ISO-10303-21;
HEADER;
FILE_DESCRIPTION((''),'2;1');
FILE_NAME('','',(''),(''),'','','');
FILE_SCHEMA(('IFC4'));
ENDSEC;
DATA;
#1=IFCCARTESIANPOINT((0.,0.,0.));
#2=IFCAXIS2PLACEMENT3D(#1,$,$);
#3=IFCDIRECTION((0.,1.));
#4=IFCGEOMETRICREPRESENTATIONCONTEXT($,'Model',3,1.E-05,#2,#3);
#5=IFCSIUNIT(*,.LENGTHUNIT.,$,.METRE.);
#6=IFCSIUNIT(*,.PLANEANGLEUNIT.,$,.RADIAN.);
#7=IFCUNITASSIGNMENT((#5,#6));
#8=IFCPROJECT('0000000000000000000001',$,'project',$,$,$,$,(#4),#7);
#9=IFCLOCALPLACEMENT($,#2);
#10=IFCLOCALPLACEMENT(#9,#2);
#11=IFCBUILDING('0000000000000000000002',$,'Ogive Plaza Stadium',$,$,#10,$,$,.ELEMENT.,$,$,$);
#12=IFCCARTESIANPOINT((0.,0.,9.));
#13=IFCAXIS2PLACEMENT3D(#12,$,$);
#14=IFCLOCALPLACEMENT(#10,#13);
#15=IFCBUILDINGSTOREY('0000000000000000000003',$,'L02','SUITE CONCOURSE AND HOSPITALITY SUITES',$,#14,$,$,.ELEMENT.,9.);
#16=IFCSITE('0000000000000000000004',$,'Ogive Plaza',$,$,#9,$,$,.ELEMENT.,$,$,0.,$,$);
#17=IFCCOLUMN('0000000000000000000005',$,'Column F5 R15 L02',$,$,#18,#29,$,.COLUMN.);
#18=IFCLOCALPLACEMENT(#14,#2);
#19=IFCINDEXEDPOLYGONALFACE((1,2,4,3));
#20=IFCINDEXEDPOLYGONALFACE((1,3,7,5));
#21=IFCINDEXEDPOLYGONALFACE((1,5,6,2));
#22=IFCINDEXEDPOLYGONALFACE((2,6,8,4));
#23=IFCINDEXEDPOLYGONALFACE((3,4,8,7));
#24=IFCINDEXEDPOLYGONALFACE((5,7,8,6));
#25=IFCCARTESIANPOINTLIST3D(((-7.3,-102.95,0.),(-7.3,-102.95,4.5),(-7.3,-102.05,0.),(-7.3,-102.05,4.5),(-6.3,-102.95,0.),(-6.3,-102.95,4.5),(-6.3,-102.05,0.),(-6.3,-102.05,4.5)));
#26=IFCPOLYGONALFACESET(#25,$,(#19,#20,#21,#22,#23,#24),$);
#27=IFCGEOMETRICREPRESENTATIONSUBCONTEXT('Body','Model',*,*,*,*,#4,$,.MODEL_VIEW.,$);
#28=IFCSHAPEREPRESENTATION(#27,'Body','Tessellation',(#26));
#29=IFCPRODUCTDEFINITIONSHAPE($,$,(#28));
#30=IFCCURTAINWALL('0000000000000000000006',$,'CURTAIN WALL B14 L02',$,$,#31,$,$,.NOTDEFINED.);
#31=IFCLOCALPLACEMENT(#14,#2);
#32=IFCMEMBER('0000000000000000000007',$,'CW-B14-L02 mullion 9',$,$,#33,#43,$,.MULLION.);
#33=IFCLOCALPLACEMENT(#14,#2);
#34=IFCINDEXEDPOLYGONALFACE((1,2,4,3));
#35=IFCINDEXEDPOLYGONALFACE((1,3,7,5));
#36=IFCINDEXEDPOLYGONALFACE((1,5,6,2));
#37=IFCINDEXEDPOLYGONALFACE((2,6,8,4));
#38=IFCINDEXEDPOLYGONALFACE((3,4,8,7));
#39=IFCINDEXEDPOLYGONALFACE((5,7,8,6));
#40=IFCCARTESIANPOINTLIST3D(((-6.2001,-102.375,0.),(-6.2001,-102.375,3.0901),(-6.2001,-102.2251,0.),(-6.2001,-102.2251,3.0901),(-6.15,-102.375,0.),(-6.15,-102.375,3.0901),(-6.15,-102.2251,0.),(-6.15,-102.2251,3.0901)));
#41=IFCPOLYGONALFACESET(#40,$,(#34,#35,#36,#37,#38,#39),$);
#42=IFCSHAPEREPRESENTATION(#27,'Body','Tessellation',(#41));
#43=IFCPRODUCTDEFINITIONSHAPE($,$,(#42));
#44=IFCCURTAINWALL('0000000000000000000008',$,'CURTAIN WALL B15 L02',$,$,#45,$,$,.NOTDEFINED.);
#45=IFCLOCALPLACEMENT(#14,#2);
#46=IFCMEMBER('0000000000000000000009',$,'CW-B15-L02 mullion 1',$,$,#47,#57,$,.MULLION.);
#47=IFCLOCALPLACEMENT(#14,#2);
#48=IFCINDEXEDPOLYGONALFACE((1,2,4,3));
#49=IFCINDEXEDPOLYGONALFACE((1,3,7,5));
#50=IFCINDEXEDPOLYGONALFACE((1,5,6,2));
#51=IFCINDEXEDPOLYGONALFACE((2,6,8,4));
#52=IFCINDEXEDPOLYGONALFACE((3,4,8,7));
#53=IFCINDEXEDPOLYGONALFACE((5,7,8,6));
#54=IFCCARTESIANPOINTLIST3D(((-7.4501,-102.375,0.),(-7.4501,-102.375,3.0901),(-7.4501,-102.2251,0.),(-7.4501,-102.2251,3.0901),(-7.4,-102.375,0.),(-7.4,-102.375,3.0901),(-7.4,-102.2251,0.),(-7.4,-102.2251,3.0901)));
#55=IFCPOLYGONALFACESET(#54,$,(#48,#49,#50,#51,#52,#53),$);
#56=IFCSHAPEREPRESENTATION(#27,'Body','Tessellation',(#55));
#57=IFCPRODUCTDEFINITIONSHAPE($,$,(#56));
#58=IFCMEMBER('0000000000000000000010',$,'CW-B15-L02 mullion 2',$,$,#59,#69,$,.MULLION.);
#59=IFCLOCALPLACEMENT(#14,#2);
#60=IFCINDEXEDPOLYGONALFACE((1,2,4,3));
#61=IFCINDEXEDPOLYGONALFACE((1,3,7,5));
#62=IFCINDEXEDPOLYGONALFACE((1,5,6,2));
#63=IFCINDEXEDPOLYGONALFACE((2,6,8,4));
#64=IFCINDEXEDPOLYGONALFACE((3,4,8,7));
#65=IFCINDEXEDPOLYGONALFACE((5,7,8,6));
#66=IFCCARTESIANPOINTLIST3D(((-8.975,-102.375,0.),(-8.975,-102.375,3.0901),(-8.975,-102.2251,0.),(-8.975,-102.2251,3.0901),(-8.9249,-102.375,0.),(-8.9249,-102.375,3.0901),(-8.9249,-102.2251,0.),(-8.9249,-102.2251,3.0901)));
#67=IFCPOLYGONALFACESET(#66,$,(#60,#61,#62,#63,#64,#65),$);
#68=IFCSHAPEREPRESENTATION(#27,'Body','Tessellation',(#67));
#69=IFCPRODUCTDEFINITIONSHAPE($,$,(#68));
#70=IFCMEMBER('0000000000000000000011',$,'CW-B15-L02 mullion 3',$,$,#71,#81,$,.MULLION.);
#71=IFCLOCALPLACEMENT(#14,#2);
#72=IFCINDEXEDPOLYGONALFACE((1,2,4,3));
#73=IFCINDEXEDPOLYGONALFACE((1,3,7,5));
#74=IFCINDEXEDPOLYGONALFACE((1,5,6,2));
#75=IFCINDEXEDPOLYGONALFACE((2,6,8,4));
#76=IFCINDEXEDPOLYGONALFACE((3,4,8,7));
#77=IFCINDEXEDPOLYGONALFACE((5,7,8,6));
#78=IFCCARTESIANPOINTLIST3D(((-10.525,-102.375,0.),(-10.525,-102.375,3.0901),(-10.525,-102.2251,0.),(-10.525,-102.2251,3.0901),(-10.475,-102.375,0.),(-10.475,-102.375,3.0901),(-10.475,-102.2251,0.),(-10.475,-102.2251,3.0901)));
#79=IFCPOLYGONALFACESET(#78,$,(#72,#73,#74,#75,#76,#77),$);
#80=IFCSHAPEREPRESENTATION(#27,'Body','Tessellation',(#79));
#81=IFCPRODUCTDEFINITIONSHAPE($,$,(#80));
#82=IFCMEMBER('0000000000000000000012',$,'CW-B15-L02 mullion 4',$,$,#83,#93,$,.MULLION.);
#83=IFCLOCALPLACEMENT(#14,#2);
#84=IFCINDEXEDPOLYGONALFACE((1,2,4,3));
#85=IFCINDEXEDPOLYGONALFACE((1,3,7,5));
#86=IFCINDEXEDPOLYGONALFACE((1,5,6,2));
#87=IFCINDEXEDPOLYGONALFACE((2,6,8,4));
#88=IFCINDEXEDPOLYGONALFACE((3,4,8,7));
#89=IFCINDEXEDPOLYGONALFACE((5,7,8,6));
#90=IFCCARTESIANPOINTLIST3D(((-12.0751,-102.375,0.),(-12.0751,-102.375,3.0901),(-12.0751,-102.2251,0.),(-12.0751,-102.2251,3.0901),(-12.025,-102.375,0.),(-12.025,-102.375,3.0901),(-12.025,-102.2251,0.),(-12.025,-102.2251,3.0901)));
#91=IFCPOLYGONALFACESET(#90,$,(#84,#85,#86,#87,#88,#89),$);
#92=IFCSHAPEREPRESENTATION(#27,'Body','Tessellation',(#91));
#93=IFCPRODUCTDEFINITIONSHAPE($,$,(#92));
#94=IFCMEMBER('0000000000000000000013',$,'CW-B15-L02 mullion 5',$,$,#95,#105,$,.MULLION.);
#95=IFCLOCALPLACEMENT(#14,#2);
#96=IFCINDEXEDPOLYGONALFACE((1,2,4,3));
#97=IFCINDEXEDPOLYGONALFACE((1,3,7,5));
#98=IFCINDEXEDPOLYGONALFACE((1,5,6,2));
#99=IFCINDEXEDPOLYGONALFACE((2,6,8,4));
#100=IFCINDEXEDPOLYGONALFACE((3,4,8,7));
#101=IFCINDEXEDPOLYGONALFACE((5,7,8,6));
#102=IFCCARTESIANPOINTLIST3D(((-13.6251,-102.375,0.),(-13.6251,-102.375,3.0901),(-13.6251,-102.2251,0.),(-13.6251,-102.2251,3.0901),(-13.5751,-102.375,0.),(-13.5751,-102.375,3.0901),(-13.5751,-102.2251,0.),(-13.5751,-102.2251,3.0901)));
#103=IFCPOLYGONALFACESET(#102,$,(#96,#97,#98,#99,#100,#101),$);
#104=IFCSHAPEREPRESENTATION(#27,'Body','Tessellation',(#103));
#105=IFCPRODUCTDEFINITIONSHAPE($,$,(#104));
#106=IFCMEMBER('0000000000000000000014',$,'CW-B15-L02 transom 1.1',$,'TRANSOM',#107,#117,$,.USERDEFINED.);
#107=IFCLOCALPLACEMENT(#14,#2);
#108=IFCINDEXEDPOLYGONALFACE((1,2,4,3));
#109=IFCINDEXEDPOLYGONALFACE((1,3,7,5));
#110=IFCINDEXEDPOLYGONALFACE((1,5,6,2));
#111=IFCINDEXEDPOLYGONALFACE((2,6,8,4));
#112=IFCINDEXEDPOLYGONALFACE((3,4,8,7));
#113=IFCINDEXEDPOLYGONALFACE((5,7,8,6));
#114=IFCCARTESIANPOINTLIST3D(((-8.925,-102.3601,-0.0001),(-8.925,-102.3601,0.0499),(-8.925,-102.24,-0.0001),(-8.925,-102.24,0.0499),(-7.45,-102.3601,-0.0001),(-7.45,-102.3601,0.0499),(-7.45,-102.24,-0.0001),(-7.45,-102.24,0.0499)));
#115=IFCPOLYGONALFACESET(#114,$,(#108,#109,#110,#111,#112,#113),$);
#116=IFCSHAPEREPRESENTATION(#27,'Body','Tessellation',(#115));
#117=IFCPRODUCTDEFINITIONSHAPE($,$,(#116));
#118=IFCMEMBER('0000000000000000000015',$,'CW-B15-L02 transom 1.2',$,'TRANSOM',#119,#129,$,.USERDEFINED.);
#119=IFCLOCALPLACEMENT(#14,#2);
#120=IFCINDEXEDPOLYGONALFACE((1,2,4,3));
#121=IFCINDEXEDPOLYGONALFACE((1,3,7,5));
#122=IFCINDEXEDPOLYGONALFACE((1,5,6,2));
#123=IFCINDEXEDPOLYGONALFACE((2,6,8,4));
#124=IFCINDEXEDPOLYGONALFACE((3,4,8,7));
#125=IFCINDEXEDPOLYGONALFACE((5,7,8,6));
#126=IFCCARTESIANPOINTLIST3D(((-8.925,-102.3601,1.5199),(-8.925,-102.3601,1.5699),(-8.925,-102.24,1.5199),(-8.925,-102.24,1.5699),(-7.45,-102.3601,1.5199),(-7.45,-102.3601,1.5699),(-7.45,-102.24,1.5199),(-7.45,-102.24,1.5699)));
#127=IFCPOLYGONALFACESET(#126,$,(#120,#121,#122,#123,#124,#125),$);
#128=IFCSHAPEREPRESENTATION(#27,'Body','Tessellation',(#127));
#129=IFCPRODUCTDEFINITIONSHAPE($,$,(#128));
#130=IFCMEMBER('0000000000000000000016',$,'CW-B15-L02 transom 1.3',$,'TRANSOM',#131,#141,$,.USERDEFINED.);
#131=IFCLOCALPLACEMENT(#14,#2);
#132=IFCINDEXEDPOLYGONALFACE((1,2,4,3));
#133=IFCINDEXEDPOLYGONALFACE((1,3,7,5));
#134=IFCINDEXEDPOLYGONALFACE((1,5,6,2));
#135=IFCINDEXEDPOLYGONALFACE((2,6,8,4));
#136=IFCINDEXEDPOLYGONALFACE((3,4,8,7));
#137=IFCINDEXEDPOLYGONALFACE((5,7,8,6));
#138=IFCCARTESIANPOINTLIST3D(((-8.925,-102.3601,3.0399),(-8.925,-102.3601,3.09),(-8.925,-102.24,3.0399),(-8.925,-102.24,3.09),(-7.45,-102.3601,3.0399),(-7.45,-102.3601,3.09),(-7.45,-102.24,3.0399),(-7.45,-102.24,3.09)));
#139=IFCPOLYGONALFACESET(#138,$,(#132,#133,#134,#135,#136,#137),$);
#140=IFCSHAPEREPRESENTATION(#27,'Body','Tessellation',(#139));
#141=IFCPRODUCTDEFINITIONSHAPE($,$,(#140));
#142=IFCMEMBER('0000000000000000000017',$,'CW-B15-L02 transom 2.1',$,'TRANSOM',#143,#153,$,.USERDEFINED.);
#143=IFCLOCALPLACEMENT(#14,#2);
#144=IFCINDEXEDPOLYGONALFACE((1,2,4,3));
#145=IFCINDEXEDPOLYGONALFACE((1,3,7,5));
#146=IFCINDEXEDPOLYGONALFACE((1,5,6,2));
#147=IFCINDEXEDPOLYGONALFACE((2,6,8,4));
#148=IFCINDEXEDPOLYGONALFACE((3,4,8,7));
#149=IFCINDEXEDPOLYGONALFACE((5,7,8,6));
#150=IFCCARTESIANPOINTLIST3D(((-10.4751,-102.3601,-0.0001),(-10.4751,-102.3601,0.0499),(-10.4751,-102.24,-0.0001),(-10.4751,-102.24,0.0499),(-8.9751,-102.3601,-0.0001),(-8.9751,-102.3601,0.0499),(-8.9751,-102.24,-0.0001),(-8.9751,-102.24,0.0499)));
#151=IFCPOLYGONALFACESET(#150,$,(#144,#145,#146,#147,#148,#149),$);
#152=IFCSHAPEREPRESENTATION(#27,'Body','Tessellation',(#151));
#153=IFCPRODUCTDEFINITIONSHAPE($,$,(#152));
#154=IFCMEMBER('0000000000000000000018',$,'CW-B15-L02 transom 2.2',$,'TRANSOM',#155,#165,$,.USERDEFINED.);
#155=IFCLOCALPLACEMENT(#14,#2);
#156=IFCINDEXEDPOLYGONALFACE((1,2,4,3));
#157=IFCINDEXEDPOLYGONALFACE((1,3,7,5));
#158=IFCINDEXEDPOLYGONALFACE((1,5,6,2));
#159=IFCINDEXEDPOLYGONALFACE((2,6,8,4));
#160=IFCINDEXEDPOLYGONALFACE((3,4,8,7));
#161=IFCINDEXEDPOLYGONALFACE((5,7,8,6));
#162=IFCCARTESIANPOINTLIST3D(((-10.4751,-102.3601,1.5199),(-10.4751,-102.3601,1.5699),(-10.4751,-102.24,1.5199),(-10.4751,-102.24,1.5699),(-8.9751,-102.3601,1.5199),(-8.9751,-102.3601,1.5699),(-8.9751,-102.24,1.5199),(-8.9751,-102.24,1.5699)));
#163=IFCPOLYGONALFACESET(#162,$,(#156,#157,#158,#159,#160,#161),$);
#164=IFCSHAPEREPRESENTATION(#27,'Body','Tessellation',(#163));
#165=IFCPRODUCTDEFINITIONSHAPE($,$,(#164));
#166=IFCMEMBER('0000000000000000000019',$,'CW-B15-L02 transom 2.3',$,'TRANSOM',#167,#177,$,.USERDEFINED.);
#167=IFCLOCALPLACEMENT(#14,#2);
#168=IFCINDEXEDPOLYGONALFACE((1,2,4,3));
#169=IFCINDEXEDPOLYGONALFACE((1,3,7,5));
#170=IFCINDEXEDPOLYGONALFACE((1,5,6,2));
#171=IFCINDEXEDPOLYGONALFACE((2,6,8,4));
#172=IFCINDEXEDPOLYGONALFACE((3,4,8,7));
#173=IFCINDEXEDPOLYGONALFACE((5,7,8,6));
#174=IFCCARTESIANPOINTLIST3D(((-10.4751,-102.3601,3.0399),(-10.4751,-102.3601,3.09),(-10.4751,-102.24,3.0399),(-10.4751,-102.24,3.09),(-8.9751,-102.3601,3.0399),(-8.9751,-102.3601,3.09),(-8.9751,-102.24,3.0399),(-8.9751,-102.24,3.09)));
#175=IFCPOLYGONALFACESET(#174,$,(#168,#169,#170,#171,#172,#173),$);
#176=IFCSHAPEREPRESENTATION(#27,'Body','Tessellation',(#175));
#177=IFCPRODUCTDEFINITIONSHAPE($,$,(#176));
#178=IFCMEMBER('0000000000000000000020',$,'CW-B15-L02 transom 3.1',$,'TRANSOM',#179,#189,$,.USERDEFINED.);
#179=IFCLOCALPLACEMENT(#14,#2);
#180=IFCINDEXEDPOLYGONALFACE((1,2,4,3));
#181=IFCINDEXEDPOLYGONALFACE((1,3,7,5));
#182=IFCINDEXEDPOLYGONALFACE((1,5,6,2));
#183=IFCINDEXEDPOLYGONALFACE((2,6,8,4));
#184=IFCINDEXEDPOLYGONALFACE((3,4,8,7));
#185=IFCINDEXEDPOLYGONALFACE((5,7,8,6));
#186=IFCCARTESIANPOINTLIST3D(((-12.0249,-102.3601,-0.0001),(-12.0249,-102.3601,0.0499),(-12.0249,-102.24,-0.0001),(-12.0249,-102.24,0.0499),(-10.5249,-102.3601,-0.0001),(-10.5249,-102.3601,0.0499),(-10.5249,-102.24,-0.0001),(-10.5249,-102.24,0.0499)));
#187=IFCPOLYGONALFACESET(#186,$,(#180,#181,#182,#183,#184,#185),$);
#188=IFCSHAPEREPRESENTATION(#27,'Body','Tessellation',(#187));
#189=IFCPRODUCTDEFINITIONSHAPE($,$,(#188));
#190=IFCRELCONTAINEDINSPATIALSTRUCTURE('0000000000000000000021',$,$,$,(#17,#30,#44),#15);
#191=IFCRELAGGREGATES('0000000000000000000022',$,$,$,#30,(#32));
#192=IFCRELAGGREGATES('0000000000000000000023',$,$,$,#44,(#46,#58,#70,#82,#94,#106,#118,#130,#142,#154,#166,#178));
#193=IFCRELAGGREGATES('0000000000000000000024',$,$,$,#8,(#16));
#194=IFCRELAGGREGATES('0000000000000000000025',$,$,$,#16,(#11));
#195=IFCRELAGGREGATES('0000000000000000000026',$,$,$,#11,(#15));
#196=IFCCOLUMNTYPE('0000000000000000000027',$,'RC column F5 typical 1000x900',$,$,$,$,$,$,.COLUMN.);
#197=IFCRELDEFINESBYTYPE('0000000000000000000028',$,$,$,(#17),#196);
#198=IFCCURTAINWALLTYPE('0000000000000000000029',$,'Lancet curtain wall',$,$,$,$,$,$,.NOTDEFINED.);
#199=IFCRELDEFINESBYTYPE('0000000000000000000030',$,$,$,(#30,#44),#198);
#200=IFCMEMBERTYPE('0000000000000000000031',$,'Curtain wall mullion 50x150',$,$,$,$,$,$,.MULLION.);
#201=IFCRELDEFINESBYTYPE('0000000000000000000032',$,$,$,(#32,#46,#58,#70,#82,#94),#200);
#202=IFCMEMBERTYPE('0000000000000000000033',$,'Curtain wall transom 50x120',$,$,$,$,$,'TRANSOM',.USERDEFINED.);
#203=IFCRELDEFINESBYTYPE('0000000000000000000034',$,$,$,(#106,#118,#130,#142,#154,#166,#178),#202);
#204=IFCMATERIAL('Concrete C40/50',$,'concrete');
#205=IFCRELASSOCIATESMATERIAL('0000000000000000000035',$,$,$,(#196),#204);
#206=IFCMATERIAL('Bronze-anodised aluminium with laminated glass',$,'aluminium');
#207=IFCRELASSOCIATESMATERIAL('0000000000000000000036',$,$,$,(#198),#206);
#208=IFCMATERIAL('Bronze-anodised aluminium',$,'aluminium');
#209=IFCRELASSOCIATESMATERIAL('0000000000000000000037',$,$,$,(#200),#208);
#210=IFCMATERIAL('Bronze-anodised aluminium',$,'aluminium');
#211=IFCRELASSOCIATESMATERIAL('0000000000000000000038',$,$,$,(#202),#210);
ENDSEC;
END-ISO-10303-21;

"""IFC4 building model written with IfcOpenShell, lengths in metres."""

from ifc_helpers import new_model, si_unit, direction, frame, origin, origin_2d, place, context, subcontext, project, spatial, rectangle, extrude, material, material_profile, profile_set, type_object, element, aggregate, save


model = new_model("IFC4")

# Units and contexts
model_context = context("Model", 3, precision=1e-05, world=origin(), true_north=direction((0.0, 1.0)))
body_context = subcontext(model_context, "Body", "Model", "MODEL_VIEW")
ifc_project = project(units=[si_unit("LENGTHUNIT", "METRE"), si_unit("PLANEANGLEUNIT", "RADIAN")], contexts=[model_context])

# Site, building, storey
site_placement = place(None, origin())
site = spatial("IfcSite", under=ifc_project, at=site_placement, Name="Ogive Plaza", CompositionType="ELEMENT", RefElevation=0.0)
building_placement = place(site_placement, origin())
building = spatial("IfcBuilding", under=site, at=building_placement, Name="Ogive Plaza Stadium", CompositionType="ELEMENT")
storey_placement = place(building_placement, frame((0.0, 0.0, 9.0)))
storey = spatial("IfcBuildingStorey", under=building, at=storey_placement, Name="L02", Description="SUITE CONCOURSE AND HOSPITALITY SUITES", CompositionType="ELEMENT", Elevation=9.0)

# Column
ifc_material_1 = material(Name="Concrete C40/50", Category="concrete")
ifc_material_profile_1 = material_profile(ifc_material_1, rectangle(XDim=1.0, YDim=0.8999, at=origin_2d()), Name="RC 1000x900")
ifc_profile_set_1 = profile_set([ifc_material_profile_1], Name="Concrete C40/50")
column_type = type_object("IfcColumnType", Name="RC column F5 typical 1000x900", PredefinedType="COLUMN", material=ifc_profile_set_1)
column_placement = place(storey_placement, frame((-6.8, -102.5, 0.0), z_axis=(0.0, 0.0, 1.0), x_axis=(1.0, 0.0, 0.0)))
element("IfcColumn", 1, at=column_placement, inside=storey, type_object=column_type, Name="Column F5 R15 L02", PredefinedType="COLUMN", context=body_context, shape_type="SweptSolid", body=[
    extrude(rectangle(XDim=1.0, YDim=0.8999, at=origin_2d()), origin(), (0.0, 0.0, 1.0), 4.5),
])

# Curtain wall, member
ifc_material_2 = material(Name="Bronze-anodised aluminium with laminated glass", Category="aluminium")
curtain_wall_type = type_object("IfcCurtainWallType", Name="Lancet curtain wall", PredefinedType="NOTDEFINED", material=ifc_material_2)
curtain_wall_1_placement = place(storey_placement, origin())
curtain_wall_1 = element("IfcCurtainWall", 2, at=curtain_wall_1_placement, inside=storey, type_object=curtain_wall_type, Name="CURTAIN WALL B14 L02", PredefinedType="NOTDEFINED")
ifc_material_3 = material(Name="Bronze-anodised aluminium", Category="aluminium")
ifc_material_profile_2 = material_profile(ifc_material_3, rectangle(XDim=0.1499, YDim=0.05, at=origin_2d()), Name="AL 150x50")
ifc_profile_set_2 = profile_set([ifc_material_profile_2], Name="Bronze-anodised aluminium")
member_type_1 = type_object("IfcMemberType", Name="Curtain wall mullion 50x150", PredefinedType="MULLION", material=ifc_profile_set_2)
member_1_placement = place(storey_placement, frame((-6.175, -102.3, 0.0), z_axis=(0.0, 0.0, 1.0), x_axis=(0.0, -1.0, 0.0)))
member_1 = element("IfcMember", 3, at=member_1_placement, type_object=member_type_1, Name="CW-B14-L02 mullion 9", PredefinedType="MULLION", context=body_context, shape_type="SweptSolid", body=[
    extrude(rectangle(XDim=0.1499, YDim=0.05, at=origin_2d()), origin(), (0.0, 0.0, 1.0), 3.0901),
])

# Curtain wall, members
curtain_wall_2_placement = place(storey_placement, origin())
curtain_wall_2 = element("IfcCurtainWall", 4, at=curtain_wall_2_placement, inside=storey, type_object=curtain_wall_type, Name="CURTAIN WALL B15 L02", PredefinedType="NOTDEFINED")
member_2_placement = place(storey_placement, frame((-7.425, -102.3, 0.0), z_axis=(0.0, 0.0, 1.0), x_axis=(0.0, -1.0, 0.0)))
member_2 = element("IfcMember", 5, at=member_2_placement, type_object=member_type_1, Name="CW-B15-L02 mullion 1", PredefinedType="MULLION", context=body_context, shape_type="SweptSolid", body=[
    extrude(rectangle(XDim=0.1499, YDim=0.05, at=origin_2d()), origin(), (0.0, 0.0, 1.0), 3.0901),
])
member_3_placement = place(storey_placement, frame((-8.95, -102.3, 0.0), z_axis=(0.0, 0.0, 1.0), x_axis=(0.0, -1.0, 0.0)))
member_3 = element("IfcMember", 6, at=member_3_placement, type_object=member_type_1, Name="CW-B15-L02 mullion 2", PredefinedType="MULLION", context=body_context, shape_type="SweptSolid", body=[
    extrude(rectangle(XDim=0.1499, YDim=0.05, at=origin_2d()), origin(), (0.0, 0.0, 1.0), 3.0901),
])
member_4_placement = place(storey_placement, frame((-10.5, -102.3, 0.0), z_axis=(0.0, 0.0, 1.0), x_axis=(0.0, -1.0, 0.0)))
member_4 = element("IfcMember", 7, at=member_4_placement, type_object=member_type_1, Name="CW-B15-L02 mullion 3", PredefinedType="MULLION", context=body_context, shape_type="SweptSolid", body=[
    extrude(rectangle(XDim=0.1499, YDim=0.05, at=origin_2d()), origin(), (0.0, 0.0, 1.0), 3.0901),
])
member_5_placement = place(storey_placement, frame((-12.05, -102.3, 0.0), z_axis=(0.0, 0.0, 1.0), x_axis=(0.0, -1.0, 0.0)))
member_5 = element("IfcMember", 8, at=member_5_placement, type_object=member_type_1, Name="CW-B15-L02 mullion 4", PredefinedType="MULLION", context=body_context, shape_type="SweptSolid", body=[
    extrude(rectangle(XDim=0.1499, YDim=0.05, at=origin_2d()), origin(), (0.0, 0.0, 1.0), 3.0901),
])
member_6_placement = place(storey_placement, frame((-13.6001, -102.3, 0.0), z_axis=(0.0, 0.0, 1.0), x_axis=(0.0, -1.0, 0.0)))
member_6 = element("IfcMember", 9, at=member_6_placement, type_object=member_type_1, Name="CW-B15-L02 mullion 5", PredefinedType="MULLION", context=body_context, shape_type="SweptSolid", body=[
    extrude(rectangle(XDim=0.1499, YDim=0.05, at=origin_2d()), origin(), (0.0, 0.0, 1.0), 3.0901),
])
ifc_material_4 = material(Name="Bronze-anodised aluminium", Category="aluminium")
ifc_material_profile_3 = material_profile(ifc_material_4, rectangle(XDim=0.1201, YDim=0.05, at=origin_2d()), Name="AL 120x50")
ifc_profile_set_3 = profile_set([ifc_material_profile_3], Name="Bronze-anodised aluminium")
member_type_2 = type_object("IfcMemberType", Name="Curtain wall transom 50x120", ElementType="TRANSOM", PredefinedType="USERDEFINED", material=ifc_profile_set_3)
member_7_placement = place(storey_placement, frame((-7.45, -102.3, 0.0249), z_axis=(-1.0, 0.0, 0.0), x_axis=(0.0, -1.0, 0.0)))
member_7 = element("IfcMember", 10, at=member_7_placement, type_object=member_type_2, Name="CW-B15-L02 transom 1.1", ObjectType="TRANSOM", PredefinedType="USERDEFINED", context=body_context, shape_type="SweptSolid", body=[
    extrude(rectangle(XDim=0.1201, YDim=0.05, at=origin_2d()), origin(), (0.0, 0.0, 1.0), 1.4751),
])
member_8_placement = place(storey_placement, frame((-7.45, -102.3, 1.5449), z_axis=(-1.0, 0.0, 0.0), x_axis=(0.0, -1.0, 0.0)))
member_8 = element("IfcMember", 11, at=member_8_placement, type_object=member_type_2, Name="CW-B15-L02 transom 1.2", ObjectType="TRANSOM", PredefinedType="USERDEFINED", context=body_context, shape_type="SweptSolid", body=[
    extrude(rectangle(XDim=0.1201, YDim=0.05, at=origin_2d()), origin(), (0.0, 0.0, 1.0), 1.4751),
])
member_9_placement = place(storey_placement, frame((-7.45, -102.3, 3.0649), z_axis=(-1.0, 0.0, 0.0), x_axis=(0.0, -1.0, 0.0)))
member_9 = element("IfcMember", 12, at=member_9_placement, type_object=member_type_2, Name="CW-B15-L02 transom 1.3", ObjectType="TRANSOM", PredefinedType="USERDEFINED", context=body_context, shape_type="SweptSolid", body=[
    extrude(rectangle(XDim=0.1201, YDim=0.05, at=origin_2d()), origin(), (0.0, 0.0, 1.0), 1.4751),
])
member_10_placement = place(storey_placement, frame((-8.9751, -102.3, 0.0249), z_axis=(-1.0, 0.0, 0.0), x_axis=(0.0, -1.0, 0.0)))
member_10 = element("IfcMember", 13, at=member_10_placement, type_object=member_type_2, Name="CW-B15-L02 transom 2.1", ObjectType="TRANSOM", PredefinedType="USERDEFINED", context=body_context, shape_type="SweptSolid", body=[
    extrude(rectangle(XDim=0.1201, YDim=0.05, at=origin_2d()), origin(), (0.0, 0.0, 1.0), 1.5),
])
member_11_placement = place(storey_placement, frame((-8.9751, -102.3, 1.5449), z_axis=(-1.0, 0.0, 0.0), x_axis=(0.0, -1.0, 0.0)))
member_11 = element("IfcMember", 14, at=member_11_placement, type_object=member_type_2, Name="CW-B15-L02 transom 2.2", ObjectType="TRANSOM", PredefinedType="USERDEFINED", context=body_context, shape_type="SweptSolid", body=[
    extrude(rectangle(XDim=0.1201, YDim=0.05, at=origin_2d()), origin(), (0.0, 0.0, 1.0), 1.5),
])
member_12_placement = place(storey_placement, frame((-8.9751, -102.3, 3.0649), z_axis=(-1.0, 0.0, 0.0), x_axis=(0.0, -1.0, 0.0)))
member_12 = element("IfcMember", 15, at=member_12_placement, type_object=member_type_2, Name="CW-B15-L02 transom 2.3", ObjectType="TRANSOM", PredefinedType="USERDEFINED", context=body_context, shape_type="SweptSolid", body=[
    extrude(rectangle(XDim=0.1201, YDim=0.05, at=origin_2d()), origin(), (0.0, 0.0, 1.0), 1.5),
])
member_13_placement = place(storey_placement, frame((-10.5249, -102.3, 0.0249), z_axis=(-1.0, 0.0, 0.0), x_axis=(0.0, -1.0, 0.0)))
member_13 = element("IfcMember", 16, at=member_13_placement, type_object=member_type_2, Name="CW-B15-L02 transom 3.1", ObjectType="TRANSOM", PredefinedType="USERDEFINED", context=body_context, shape_type="SweptSolid", body=[
    extrude(rectangle(XDim=0.1201, YDim=0.05, at=origin_2d()), origin(), (0.0, 0.0, 1.0), 1.5),
])

aggregate(curtain_wall_1, [member_1])
aggregate(curtain_wall_2, [member_2, member_3, member_4, member_5, member_6, member_7, member_8, member_9, member_10, member_11, member_12, member_13])

save(model, "model.ifc")
